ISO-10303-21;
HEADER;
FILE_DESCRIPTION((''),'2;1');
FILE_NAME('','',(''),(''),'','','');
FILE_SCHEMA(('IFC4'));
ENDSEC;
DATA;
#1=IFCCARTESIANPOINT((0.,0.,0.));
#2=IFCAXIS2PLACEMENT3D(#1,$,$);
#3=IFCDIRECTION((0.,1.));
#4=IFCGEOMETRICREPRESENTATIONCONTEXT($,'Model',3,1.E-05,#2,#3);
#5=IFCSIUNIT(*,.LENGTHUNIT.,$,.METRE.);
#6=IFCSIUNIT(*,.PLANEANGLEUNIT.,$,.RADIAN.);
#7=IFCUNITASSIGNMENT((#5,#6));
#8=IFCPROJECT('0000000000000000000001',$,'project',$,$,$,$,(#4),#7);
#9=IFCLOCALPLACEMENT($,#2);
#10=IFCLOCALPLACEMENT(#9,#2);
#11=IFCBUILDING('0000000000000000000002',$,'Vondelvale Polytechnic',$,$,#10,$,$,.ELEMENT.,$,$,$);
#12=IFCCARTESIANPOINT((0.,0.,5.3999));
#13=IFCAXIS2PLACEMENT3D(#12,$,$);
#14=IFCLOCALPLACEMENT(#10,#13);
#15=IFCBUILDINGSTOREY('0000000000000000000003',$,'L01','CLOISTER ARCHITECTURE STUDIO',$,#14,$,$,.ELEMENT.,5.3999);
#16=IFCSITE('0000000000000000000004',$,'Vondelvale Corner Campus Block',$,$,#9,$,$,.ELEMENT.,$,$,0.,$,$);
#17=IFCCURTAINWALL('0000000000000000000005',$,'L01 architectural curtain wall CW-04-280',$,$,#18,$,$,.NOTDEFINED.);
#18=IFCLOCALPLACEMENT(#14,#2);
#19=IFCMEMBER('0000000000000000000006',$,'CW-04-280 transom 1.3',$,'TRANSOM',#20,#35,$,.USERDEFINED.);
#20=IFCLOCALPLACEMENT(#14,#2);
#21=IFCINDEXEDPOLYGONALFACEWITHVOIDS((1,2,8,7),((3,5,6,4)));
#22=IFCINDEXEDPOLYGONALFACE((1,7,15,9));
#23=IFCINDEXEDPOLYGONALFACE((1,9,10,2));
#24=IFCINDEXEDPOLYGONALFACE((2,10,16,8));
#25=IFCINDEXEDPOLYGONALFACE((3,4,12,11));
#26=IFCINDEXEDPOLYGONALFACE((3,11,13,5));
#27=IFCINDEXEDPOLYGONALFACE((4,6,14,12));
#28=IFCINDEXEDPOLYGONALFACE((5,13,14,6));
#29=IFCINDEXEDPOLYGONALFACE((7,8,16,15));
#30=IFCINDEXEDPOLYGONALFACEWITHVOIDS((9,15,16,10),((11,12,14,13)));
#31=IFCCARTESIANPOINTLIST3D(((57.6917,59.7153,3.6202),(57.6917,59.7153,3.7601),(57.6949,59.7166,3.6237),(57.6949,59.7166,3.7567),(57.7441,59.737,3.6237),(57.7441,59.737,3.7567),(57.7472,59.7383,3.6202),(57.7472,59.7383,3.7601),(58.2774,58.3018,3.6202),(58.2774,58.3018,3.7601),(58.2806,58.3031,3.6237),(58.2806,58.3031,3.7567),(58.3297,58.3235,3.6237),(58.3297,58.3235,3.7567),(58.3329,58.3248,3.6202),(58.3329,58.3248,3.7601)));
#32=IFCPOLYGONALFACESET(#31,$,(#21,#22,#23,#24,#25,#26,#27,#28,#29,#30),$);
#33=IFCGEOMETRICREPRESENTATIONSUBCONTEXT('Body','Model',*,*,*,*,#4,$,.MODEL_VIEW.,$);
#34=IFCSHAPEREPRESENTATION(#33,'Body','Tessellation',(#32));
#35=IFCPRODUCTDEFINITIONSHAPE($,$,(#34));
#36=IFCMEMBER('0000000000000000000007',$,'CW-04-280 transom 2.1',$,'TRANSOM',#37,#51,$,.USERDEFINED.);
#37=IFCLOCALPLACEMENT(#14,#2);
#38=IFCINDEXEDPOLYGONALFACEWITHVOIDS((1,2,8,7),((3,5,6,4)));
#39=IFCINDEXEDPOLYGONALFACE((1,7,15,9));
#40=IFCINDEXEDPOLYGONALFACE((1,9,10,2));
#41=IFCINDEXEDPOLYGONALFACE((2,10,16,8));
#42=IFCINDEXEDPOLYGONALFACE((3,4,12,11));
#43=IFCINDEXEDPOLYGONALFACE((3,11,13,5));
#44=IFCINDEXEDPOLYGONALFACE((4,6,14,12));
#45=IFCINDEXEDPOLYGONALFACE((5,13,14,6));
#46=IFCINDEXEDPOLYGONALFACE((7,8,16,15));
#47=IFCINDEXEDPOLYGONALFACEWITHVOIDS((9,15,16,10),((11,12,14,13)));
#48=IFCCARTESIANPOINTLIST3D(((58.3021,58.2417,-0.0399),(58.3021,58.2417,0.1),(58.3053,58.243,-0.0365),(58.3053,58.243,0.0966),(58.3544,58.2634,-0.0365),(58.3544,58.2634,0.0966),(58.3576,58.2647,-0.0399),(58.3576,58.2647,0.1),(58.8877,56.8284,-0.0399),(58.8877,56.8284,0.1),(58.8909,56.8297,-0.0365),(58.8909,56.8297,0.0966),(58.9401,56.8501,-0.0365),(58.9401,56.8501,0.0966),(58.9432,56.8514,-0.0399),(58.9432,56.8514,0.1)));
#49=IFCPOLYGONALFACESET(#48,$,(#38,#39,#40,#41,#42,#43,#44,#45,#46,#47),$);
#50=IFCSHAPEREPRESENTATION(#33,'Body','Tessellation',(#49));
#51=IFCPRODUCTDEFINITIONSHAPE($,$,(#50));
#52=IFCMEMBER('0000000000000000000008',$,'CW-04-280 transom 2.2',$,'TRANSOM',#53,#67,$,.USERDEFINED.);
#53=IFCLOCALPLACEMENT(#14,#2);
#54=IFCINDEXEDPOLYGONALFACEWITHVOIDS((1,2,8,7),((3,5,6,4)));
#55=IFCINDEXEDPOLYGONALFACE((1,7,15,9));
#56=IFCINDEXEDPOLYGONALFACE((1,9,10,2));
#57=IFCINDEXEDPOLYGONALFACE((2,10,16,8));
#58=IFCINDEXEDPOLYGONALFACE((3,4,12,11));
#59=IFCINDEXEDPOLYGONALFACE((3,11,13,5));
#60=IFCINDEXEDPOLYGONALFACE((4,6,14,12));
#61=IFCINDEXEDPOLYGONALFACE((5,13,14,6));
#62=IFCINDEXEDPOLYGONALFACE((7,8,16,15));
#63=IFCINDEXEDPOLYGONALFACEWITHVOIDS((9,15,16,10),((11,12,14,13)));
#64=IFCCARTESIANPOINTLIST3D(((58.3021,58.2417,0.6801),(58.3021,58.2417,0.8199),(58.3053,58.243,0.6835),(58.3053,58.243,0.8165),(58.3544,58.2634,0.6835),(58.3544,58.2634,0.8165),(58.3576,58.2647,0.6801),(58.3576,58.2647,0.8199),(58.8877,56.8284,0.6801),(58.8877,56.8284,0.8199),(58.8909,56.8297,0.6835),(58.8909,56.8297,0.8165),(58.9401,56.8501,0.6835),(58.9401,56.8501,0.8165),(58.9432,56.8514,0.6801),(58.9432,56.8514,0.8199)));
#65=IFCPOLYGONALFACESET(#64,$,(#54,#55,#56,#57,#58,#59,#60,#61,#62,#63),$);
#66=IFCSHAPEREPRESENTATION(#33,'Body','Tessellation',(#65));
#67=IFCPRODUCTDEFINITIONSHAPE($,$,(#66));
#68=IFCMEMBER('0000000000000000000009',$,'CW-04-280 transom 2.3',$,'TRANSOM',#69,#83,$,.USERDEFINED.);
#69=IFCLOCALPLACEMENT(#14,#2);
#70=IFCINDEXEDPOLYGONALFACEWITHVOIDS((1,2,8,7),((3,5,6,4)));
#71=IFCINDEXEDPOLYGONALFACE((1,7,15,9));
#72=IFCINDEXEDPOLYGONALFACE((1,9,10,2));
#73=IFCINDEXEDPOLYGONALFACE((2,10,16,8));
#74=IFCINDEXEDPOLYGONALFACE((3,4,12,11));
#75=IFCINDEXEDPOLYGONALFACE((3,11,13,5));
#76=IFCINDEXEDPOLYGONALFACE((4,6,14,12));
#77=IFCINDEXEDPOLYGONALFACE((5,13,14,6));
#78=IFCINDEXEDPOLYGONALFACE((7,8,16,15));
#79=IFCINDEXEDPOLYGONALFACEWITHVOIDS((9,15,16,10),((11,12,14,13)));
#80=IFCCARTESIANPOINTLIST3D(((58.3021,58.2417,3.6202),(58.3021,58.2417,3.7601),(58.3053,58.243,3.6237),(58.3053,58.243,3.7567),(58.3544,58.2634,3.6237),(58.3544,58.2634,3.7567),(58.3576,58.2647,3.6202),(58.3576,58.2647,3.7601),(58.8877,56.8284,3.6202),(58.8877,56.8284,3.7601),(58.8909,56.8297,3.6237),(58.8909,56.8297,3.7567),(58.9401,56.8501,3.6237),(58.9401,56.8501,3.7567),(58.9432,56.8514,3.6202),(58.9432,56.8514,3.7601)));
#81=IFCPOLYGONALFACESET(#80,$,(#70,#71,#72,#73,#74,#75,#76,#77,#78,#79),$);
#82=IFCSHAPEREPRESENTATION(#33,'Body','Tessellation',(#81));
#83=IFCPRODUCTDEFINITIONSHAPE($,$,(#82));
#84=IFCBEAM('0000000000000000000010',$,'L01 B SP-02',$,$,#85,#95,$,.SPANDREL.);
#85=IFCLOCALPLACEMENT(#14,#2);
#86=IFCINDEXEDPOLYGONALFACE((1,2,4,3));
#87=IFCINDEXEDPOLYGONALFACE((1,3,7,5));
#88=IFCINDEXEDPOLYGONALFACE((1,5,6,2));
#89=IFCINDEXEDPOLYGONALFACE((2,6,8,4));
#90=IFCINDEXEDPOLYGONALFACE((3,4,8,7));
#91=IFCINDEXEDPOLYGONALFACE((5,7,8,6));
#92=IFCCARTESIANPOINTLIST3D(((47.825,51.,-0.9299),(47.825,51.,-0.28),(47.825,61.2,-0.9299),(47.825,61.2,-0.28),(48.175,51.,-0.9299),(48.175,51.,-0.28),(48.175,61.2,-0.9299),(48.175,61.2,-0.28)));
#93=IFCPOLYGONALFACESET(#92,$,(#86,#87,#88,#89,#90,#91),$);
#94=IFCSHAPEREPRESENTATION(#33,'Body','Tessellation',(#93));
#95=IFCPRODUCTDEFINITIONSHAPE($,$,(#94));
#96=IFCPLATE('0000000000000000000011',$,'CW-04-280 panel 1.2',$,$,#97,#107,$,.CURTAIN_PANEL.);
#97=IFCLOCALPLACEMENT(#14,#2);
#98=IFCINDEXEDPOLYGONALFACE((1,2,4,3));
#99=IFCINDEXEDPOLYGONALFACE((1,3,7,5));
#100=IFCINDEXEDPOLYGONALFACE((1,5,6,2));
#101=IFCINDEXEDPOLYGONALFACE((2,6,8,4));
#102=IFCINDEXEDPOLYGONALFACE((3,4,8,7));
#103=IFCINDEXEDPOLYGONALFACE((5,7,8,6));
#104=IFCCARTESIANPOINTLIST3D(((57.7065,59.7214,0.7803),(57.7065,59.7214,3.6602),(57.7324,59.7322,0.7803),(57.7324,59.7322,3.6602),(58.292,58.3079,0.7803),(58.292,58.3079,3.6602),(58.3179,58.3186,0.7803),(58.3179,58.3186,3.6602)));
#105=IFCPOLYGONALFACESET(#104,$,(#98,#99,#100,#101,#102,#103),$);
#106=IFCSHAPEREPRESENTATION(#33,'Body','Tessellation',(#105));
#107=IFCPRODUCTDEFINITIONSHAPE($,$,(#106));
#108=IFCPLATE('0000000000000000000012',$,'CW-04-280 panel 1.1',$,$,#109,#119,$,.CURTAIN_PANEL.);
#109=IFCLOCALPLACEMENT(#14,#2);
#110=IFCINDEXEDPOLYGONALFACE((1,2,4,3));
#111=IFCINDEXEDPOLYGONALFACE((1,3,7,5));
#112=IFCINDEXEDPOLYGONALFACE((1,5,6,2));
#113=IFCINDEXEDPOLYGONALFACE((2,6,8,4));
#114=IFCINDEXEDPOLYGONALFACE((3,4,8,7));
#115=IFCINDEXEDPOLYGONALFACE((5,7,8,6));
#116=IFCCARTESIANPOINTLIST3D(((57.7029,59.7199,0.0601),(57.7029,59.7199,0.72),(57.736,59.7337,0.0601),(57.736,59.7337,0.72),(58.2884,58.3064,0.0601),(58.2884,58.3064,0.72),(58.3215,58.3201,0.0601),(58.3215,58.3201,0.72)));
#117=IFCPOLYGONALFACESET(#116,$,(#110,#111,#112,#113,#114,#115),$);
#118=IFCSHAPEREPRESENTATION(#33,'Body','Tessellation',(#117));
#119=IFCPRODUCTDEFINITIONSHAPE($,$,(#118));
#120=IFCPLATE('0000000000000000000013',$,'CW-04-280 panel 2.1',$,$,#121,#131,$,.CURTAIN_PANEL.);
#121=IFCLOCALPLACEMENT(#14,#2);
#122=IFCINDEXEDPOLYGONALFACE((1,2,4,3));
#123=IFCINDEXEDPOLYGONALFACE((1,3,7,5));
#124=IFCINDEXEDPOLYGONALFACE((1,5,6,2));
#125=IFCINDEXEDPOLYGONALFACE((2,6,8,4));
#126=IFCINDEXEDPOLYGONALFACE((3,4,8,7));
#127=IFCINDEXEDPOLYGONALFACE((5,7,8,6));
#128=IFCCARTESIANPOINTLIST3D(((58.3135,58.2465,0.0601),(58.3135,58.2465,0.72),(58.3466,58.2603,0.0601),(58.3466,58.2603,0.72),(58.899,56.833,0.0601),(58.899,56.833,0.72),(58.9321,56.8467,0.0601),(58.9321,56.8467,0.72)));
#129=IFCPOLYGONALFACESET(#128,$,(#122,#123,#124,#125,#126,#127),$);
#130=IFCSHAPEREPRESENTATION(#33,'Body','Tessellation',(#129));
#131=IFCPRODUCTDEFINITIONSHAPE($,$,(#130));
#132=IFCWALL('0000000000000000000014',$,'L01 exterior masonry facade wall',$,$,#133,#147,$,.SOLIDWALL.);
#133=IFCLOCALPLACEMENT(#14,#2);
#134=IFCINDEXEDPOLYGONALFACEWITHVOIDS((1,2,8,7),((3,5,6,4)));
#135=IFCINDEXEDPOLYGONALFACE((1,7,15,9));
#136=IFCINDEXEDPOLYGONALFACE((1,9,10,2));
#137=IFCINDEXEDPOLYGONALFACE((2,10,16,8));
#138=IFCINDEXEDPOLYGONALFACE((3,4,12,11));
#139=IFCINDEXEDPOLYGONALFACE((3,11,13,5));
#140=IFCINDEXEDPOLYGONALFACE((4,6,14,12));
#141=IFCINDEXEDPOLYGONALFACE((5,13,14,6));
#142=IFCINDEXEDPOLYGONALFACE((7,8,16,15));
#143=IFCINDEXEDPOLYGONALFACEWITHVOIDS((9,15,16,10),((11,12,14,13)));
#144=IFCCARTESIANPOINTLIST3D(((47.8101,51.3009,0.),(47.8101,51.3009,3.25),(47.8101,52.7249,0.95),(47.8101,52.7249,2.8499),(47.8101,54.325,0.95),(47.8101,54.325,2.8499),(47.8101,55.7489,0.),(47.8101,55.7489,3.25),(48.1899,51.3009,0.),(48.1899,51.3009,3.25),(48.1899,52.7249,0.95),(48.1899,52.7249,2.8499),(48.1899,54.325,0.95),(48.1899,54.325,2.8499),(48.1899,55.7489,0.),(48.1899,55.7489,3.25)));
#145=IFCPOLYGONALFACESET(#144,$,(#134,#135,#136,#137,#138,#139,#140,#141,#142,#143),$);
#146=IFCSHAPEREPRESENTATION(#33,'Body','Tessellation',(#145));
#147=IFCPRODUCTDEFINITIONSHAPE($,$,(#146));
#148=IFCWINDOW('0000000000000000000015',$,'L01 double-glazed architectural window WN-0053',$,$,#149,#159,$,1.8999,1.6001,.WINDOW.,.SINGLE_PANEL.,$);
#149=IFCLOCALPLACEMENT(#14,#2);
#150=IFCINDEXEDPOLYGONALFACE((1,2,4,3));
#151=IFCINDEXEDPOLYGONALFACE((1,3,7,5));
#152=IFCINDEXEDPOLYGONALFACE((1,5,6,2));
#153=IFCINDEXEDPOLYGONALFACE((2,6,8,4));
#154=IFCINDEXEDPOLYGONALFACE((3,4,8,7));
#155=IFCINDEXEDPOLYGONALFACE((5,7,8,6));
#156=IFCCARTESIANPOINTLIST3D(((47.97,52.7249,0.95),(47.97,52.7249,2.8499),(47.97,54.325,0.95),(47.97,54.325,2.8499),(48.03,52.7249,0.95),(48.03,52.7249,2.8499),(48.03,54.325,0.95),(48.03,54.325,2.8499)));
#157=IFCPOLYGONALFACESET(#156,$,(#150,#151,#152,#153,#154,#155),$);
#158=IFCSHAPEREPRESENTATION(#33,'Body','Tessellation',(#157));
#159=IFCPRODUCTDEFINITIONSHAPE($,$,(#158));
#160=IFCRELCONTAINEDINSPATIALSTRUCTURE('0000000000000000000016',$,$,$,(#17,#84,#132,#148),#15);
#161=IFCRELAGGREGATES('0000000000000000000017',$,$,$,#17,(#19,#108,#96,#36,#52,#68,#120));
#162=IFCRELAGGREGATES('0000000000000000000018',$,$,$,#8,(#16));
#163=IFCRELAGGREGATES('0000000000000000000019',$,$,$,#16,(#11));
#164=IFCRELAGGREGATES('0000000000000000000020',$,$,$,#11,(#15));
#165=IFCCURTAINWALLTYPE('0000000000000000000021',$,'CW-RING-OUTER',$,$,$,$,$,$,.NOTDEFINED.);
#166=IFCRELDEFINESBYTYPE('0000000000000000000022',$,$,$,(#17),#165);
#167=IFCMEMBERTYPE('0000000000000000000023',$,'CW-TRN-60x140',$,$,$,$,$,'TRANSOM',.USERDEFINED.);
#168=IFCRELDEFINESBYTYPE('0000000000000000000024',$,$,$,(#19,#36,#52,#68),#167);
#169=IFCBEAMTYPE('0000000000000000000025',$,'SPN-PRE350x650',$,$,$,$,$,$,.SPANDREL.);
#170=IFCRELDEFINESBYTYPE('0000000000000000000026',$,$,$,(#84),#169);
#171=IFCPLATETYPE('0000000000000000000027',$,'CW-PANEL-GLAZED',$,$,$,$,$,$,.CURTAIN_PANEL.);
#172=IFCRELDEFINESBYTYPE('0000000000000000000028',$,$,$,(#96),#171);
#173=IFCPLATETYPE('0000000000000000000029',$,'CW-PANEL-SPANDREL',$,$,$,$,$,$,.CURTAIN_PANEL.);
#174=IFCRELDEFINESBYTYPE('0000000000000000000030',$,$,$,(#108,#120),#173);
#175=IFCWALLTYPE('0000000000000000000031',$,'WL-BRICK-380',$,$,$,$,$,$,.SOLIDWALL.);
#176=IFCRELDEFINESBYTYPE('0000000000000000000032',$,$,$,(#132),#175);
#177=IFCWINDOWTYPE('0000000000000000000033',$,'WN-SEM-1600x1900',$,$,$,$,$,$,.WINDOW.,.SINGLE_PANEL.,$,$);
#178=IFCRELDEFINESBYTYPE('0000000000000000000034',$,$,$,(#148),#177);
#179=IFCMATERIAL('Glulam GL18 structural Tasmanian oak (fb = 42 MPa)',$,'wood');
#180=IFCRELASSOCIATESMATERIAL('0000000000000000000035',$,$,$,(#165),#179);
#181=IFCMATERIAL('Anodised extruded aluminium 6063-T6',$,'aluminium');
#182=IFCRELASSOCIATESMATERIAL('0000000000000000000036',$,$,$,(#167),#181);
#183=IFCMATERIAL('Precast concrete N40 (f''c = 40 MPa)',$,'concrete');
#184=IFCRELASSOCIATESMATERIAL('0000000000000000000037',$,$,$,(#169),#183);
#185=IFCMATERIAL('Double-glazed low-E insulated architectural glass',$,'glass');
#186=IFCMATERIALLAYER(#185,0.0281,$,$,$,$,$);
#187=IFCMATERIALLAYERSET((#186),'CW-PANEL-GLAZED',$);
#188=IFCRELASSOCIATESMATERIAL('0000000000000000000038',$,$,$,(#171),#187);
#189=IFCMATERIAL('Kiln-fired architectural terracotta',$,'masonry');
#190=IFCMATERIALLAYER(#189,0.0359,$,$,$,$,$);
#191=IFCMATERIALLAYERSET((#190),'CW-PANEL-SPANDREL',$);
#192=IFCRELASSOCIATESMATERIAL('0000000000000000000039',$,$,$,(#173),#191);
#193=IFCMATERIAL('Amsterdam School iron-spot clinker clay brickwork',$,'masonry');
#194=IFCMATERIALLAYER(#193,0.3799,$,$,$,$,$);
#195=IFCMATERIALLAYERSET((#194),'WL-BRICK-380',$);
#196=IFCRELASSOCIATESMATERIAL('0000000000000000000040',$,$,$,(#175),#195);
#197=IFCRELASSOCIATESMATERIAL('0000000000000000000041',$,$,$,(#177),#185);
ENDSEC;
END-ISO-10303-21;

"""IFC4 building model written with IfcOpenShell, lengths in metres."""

from ifc_helpers import new_model, si_unit, direction, frame, frame_2d, origin, origin_2d, place, context, subcontext, project, spatial, rectangle, hollow_rectangle, extrude, material, layer, layer_set, material_profile, profile_set, type_object, element, fill, aggregate, save


model = new_model("IFC4")

# Units and contexts
model_context = context("Model", 3, precision=1e-05, world=origin(), true_north=direction((0.0, 1.0)))
body_context = subcontext(model_context, "Body", "Model", "MODEL_VIEW")
ifc_project = project(units=[si_unit("LENGTHUNIT", "METRE"), si_unit("PLANEANGLEUNIT", "RADIAN")], contexts=[model_context])

# Site, building, storey
site_placement = place(None, origin())
site = spatial("IfcSite", under=ifc_project, at=site_placement, Name="Vondelvale Corner Campus Block", CompositionType="ELEMENT", RefElevation=0.0)
building_placement = place(site_placement, origin())
building = spatial("IfcBuilding", under=site, at=building_placement, Name="Vondelvale Polytechnic", CompositionType="ELEMENT")
storey_placement = place(building_placement, frame((0.0, 0.0, 5.3999)))
storey = spatial("IfcBuildingStorey", under=building, at=storey_placement, Name="L01", Description="CLOISTER ARCHITECTURE STUDIO", CompositionType="ELEMENT", Elevation=5.3999)

# Curtain wall, members
ifc_material_1 = material(Name="Glulam GL18 structural Tasmanian oak (fb = 42 MPa)", Category="wood")
curtain_wall_type = type_object("IfcCurtainWallType", Name="CW-RING-OUTER", PredefinedType="NOTDEFINED", material=ifc_material_1)
curtain_wall_placement = place(storey_placement, origin())
curtain_wall = element("IfcCurtainWall", 1, at=curtain_wall_placement, inside=storey, type_object=curtain_wall_type, Name="L01 architectural curtain wall CW-04-280", PredefinedType="NOTDEFINED")
ifc_material_2 = material(Name="Anodised extruded aluminium 6063-T6", Category="aluminium")
ifc_material_profile_1 = material_profile(ifc_material_2, hollow_rectangle(XDim=0.0601, YDim=0.1399, WallThickness=0.0034, at=origin_2d()), Name="CW-TRN-140x60")
ifc_profile_set_1 = profile_set([ifc_material_profile_1], Name="Anodised extruded aluminium 6063-T6")
member_type_1 = type_object("IfcMemberType", Name="CW-TRN-60x140", ElementType="TRANSOM", PredefinedType="USERDEFINED", material=ifc_profile_set_1)
member_1_placement = place(storey_placement, frame((57.7195, 59.7268, 3.6902), z_axis=(0.382779, -0.92384, 0.0), x_axis=(0.92384, 0.382779, 0.0)))
member_1 = element("IfcMember", 2, at=member_1_placement, type_object=member_type_1, Name="CW-04-280 transom 1.3", ObjectType="TRANSOM", PredefinedType="USERDEFINED", context=body_context, shape_type="SweptSolid", body=[
    extrude(hollow_rectangle(XDim=0.0601, YDim=0.1399, WallThickness=0.0034, at=origin_2d()), origin(), (0.0, 0.0, 1.0), 1.53),
])
member_2_placement = place(storey_placement, frame((58.3298, 58.2532, 0.03), z_axis=(0.382836, -0.923816, 0.0), x_axis=(0.923816, 0.382836, 0.0)))
member_2 = element("IfcMember", 3, at=member_2_placement, type_object=member_type_1, Name="CW-04-280 transom 2.1", ObjectType="TRANSOM", PredefinedType="USERDEFINED", context=body_context, shape_type="SweptSolid", body=[
    extrude(hollow_rectangle(XDim=0.0601, YDim=0.1399, WallThickness=0.0034, at=origin_2d()), origin(), (0.0, 0.0, 1.0), 1.5298),
])
member_3_placement = place(storey_placement, frame((58.3298, 58.2532, 0.75), z_axis=(0.382836, -0.923816, 0.0), x_axis=(0.923816, 0.382836, 0.0)))
member_3 = element("IfcMember", 4, at=member_3_placement, type_object=member_type_1, Name="CW-04-280 transom 2.2", ObjectType="TRANSOM", PredefinedType="USERDEFINED", context=body_context, shape_type="SweptSolid", body=[
    extrude(hollow_rectangle(XDim=0.0601, YDim=0.1399, WallThickness=0.0034, at=origin_2d()), origin(), (0.0, 0.0, 1.0), 1.5298),
])
member_4_placement = place(storey_placement, frame((58.3298, 58.2532, 3.6902), z_axis=(0.382836, -0.923816, 0.0), x_axis=(0.923816, 0.382836, 0.0)))
member_4 = element("IfcMember", 5, at=member_4_placement, type_object=member_type_1, Name="CW-04-280 transom 2.3", ObjectType="TRANSOM", PredefinedType="USERDEFINED", context=body_context, shape_type="SweptSolid", body=[
    extrude(hollow_rectangle(XDim=0.0601, YDim=0.1399, WallThickness=0.0034, at=origin_2d()), origin(), (0.0, 0.0, 1.0), 1.5298),
])

# Beam
ifc_material_3 = material(Name="Precast concrete N40 (f'c = 40 MPa)", Category="concrete")
ifc_material_profile_2 = material_profile(ifc_material_3, rectangle(XDim=0.3501, YDim=0.6499, at=origin_2d()), Name="RC-SPN-350x650")
ifc_profile_set_2 = profile_set([ifc_material_profile_2], Name="Precast concrete N40 (f'c = 40 MPa)")
beam_type_1 = type_object("IfcBeamType", Name="SPN-PRE350x650", PredefinedType="SPANDREL", material=ifc_profile_set_2)
beam_1_placement = place(storey_placement, frame((48.0, 51.0, -0.605), z_axis=(0.0, 1.0, 0.0), x_axis=(-1.0, 0.0, 0.0)))
element("IfcBeam", 6, at=beam_1_placement, inside=storey, type_object=beam_type_1, Name="L01 B SP-02", PredefinedType="SPANDREL", context=body_context, shape_type="SweptSolid", body=[
    extrude(rectangle(XDim=0.3501, YDim=0.6499, at=origin_2d()), origin(), (0.0, 0.0, 1.0), 10.2),
])

# Plates
ifc_material_4 = material(Name="Double-glazed low-E insulated architectural glass", Category="glass")
ifc_layer_1 = layer(ifc_material_4, 0.0281)
ifc_layer_set_1 = layer_set([ifc_layer_1], Name="CW-PANEL-GLAZED")
plate_type_1 = type_object("IfcPlateType", Name="CW-PANEL-GLAZED", PredefinedType="CURTAIN_PANEL", material=ifc_layer_set_1)
plate_1_placement = place(storey_placement, frame((58.0122, 59.02, 0.7803), z_axis=(0.0, 0.0, 1.0), x_axis=(0.382677, -0.923882, 0.0)))
plate_1 = element("IfcPlate", 7, at=plate_1_placement, type_object=plate_type_1, Name="CW-04-280 panel 1.2", PredefinedType="CURTAIN_PANEL", context=body_context, shape_type="SweptSolid", body=[
    extrude(rectangle(XDim=1.53, YDim=0.0281, at=origin_2d()), origin(), (0.0, 0.0, 1.0), 2.8799),
])
ifc_material_5 = material(Name="Kiln-fired architectural terracotta", Category="masonry")
ifc_layer_2 = layer(ifc_material_5, 0.0359)
ifc_layer_set_2 = layer_set([ifc_layer_2], Name="CW-PANEL-SPANDREL")
plate_type_2 = type_object("IfcPlateType", Name="CW-PANEL-SPANDREL", PredefinedType="CURTAIN_PANEL", material=ifc_layer_set_2)
plate_2_placement = place(storey_placement, frame((58.0122, 59.02, 0.0601), z_axis=(0.0, 0.0, 1.0), x_axis=(0.382677, -0.923882, 0.0)))
plate_2 = element("IfcPlate", 8, at=plate_2_placement, type_object=plate_type_2, Name="CW-04-280 panel 1.1", PredefinedType="CURTAIN_PANEL", context=body_context, shape_type="SweptSolid", body=[
    extrude(rectangle(XDim=1.53, YDim=0.0359, at=origin_2d()), origin(), (0.0, 0.0, 1.0), 0.6599),
])
plate_3_placement = place(storey_placement, frame((58.6228, 57.5466, 0.0601), z_axis=(0.0, 0.0, 1.0), x_axis=(0.382677, -0.923882, 0.0)))
plate_3 = element("IfcPlate", 9, at=plate_3_placement, type_object=plate_type_2, Name="CW-04-280 panel 2.1", PredefinedType="CURTAIN_PANEL", context=body_context, shape_type="SweptSolid", body=[
    extrude(rectangle(XDim=1.53, YDim=0.0359, at=origin_2d()), origin(), (0.0, 0.0, 1.0), 0.6599),
])
aggregate(curtain_wall, [member_1, plate_2, plate_1, member_2, member_3, member_4, plate_3])

# Wall, opening, window
ifc_material_6 = material(Name="Amsterdam School iron-spot clinker clay brickwork", Category="masonry")
ifc_layer_3 = layer(ifc_material_6, 0.3799)
ifc_layer_set_3 = layer_set([ifc_layer_3], Name="WL-BRICK-380")
wall_type_1 = type_object("IfcWallType", Name="WL-BRICK-380", PredefinedType="SOLIDWALL", material=ifc_layer_set_3)
wall_1_placement = place(storey_placement, frame((48.0, 55.749, 0.0), z_axis=(0.0, 0.0, 1.0), x_axis=(0.0, -1.0, 0.0)))
wall_1 = element("IfcWall", 10, at=wall_1_placement, inside=storey, type_object=wall_type_1, Name="L01 exterior masonry facade wall", PredefinedType="SOLIDWALL", context=body_context, shape_type="SweptSolid", body=[
    extrude(rectangle(XDim=4.448, YDim=0.3799, at=frame_2d((2.2241, 0.0))), origin(), (0.0, 0.0, 1.0), 3.25),
])
opening_1_placement = place(wall_1_placement, frame((1.4241, 0.0, 0.95)))
opening_1 = element("IfcOpeningElement", 11, at=opening_1_placement, cuts=wall_1, PredefinedType="OPENING", context=body_context, shape_type="SweptSolid", body=[
    extrude(rectangle(XDim=1.6001, YDim=1.8999, at=frame_2d((0.8, 0.95))), frame((0.0, 0.2, 0.0), z_axis=(0.0, -1.0, 0.0), x_axis=(1.0, 0.0, 0.0)), (0.0, 0.0, 1.0), 0.3999),
])
window_type_1 = type_object("IfcWindowType", Name="WN-SEM-1600x1900", PartitioningType="SINGLE_PANEL", PredefinedType="WINDOW", material=ifc_material_4)
window_1_placement = place(opening_1_placement, origin())
window_1 = element("IfcWindow", 12, at=window_1_placement, inside=storey, type_object=window_type_1, Name="L01 double-glazed architectural window WN-0053", OverallHeight=1.8999, OverallWidth=1.6001, PartitioningType="SINGLE_PANEL", PredefinedType="WINDOW", context=body_context, shape_type="SweptSolid", body=[
    extrude(rectangle(XDim=1.6001, YDim=1.8999, at=frame_2d((0.8, 0.95))), frame((0.0, 0.03, 0.0), z_axis=(0.0, -1.0, 0.0), x_axis=(1.0, 0.0, 0.0)), (0.0, 0.0, 1.0), 0.0601),
])
fill(opening_1, window_1)

save(model, "model.ifc")
